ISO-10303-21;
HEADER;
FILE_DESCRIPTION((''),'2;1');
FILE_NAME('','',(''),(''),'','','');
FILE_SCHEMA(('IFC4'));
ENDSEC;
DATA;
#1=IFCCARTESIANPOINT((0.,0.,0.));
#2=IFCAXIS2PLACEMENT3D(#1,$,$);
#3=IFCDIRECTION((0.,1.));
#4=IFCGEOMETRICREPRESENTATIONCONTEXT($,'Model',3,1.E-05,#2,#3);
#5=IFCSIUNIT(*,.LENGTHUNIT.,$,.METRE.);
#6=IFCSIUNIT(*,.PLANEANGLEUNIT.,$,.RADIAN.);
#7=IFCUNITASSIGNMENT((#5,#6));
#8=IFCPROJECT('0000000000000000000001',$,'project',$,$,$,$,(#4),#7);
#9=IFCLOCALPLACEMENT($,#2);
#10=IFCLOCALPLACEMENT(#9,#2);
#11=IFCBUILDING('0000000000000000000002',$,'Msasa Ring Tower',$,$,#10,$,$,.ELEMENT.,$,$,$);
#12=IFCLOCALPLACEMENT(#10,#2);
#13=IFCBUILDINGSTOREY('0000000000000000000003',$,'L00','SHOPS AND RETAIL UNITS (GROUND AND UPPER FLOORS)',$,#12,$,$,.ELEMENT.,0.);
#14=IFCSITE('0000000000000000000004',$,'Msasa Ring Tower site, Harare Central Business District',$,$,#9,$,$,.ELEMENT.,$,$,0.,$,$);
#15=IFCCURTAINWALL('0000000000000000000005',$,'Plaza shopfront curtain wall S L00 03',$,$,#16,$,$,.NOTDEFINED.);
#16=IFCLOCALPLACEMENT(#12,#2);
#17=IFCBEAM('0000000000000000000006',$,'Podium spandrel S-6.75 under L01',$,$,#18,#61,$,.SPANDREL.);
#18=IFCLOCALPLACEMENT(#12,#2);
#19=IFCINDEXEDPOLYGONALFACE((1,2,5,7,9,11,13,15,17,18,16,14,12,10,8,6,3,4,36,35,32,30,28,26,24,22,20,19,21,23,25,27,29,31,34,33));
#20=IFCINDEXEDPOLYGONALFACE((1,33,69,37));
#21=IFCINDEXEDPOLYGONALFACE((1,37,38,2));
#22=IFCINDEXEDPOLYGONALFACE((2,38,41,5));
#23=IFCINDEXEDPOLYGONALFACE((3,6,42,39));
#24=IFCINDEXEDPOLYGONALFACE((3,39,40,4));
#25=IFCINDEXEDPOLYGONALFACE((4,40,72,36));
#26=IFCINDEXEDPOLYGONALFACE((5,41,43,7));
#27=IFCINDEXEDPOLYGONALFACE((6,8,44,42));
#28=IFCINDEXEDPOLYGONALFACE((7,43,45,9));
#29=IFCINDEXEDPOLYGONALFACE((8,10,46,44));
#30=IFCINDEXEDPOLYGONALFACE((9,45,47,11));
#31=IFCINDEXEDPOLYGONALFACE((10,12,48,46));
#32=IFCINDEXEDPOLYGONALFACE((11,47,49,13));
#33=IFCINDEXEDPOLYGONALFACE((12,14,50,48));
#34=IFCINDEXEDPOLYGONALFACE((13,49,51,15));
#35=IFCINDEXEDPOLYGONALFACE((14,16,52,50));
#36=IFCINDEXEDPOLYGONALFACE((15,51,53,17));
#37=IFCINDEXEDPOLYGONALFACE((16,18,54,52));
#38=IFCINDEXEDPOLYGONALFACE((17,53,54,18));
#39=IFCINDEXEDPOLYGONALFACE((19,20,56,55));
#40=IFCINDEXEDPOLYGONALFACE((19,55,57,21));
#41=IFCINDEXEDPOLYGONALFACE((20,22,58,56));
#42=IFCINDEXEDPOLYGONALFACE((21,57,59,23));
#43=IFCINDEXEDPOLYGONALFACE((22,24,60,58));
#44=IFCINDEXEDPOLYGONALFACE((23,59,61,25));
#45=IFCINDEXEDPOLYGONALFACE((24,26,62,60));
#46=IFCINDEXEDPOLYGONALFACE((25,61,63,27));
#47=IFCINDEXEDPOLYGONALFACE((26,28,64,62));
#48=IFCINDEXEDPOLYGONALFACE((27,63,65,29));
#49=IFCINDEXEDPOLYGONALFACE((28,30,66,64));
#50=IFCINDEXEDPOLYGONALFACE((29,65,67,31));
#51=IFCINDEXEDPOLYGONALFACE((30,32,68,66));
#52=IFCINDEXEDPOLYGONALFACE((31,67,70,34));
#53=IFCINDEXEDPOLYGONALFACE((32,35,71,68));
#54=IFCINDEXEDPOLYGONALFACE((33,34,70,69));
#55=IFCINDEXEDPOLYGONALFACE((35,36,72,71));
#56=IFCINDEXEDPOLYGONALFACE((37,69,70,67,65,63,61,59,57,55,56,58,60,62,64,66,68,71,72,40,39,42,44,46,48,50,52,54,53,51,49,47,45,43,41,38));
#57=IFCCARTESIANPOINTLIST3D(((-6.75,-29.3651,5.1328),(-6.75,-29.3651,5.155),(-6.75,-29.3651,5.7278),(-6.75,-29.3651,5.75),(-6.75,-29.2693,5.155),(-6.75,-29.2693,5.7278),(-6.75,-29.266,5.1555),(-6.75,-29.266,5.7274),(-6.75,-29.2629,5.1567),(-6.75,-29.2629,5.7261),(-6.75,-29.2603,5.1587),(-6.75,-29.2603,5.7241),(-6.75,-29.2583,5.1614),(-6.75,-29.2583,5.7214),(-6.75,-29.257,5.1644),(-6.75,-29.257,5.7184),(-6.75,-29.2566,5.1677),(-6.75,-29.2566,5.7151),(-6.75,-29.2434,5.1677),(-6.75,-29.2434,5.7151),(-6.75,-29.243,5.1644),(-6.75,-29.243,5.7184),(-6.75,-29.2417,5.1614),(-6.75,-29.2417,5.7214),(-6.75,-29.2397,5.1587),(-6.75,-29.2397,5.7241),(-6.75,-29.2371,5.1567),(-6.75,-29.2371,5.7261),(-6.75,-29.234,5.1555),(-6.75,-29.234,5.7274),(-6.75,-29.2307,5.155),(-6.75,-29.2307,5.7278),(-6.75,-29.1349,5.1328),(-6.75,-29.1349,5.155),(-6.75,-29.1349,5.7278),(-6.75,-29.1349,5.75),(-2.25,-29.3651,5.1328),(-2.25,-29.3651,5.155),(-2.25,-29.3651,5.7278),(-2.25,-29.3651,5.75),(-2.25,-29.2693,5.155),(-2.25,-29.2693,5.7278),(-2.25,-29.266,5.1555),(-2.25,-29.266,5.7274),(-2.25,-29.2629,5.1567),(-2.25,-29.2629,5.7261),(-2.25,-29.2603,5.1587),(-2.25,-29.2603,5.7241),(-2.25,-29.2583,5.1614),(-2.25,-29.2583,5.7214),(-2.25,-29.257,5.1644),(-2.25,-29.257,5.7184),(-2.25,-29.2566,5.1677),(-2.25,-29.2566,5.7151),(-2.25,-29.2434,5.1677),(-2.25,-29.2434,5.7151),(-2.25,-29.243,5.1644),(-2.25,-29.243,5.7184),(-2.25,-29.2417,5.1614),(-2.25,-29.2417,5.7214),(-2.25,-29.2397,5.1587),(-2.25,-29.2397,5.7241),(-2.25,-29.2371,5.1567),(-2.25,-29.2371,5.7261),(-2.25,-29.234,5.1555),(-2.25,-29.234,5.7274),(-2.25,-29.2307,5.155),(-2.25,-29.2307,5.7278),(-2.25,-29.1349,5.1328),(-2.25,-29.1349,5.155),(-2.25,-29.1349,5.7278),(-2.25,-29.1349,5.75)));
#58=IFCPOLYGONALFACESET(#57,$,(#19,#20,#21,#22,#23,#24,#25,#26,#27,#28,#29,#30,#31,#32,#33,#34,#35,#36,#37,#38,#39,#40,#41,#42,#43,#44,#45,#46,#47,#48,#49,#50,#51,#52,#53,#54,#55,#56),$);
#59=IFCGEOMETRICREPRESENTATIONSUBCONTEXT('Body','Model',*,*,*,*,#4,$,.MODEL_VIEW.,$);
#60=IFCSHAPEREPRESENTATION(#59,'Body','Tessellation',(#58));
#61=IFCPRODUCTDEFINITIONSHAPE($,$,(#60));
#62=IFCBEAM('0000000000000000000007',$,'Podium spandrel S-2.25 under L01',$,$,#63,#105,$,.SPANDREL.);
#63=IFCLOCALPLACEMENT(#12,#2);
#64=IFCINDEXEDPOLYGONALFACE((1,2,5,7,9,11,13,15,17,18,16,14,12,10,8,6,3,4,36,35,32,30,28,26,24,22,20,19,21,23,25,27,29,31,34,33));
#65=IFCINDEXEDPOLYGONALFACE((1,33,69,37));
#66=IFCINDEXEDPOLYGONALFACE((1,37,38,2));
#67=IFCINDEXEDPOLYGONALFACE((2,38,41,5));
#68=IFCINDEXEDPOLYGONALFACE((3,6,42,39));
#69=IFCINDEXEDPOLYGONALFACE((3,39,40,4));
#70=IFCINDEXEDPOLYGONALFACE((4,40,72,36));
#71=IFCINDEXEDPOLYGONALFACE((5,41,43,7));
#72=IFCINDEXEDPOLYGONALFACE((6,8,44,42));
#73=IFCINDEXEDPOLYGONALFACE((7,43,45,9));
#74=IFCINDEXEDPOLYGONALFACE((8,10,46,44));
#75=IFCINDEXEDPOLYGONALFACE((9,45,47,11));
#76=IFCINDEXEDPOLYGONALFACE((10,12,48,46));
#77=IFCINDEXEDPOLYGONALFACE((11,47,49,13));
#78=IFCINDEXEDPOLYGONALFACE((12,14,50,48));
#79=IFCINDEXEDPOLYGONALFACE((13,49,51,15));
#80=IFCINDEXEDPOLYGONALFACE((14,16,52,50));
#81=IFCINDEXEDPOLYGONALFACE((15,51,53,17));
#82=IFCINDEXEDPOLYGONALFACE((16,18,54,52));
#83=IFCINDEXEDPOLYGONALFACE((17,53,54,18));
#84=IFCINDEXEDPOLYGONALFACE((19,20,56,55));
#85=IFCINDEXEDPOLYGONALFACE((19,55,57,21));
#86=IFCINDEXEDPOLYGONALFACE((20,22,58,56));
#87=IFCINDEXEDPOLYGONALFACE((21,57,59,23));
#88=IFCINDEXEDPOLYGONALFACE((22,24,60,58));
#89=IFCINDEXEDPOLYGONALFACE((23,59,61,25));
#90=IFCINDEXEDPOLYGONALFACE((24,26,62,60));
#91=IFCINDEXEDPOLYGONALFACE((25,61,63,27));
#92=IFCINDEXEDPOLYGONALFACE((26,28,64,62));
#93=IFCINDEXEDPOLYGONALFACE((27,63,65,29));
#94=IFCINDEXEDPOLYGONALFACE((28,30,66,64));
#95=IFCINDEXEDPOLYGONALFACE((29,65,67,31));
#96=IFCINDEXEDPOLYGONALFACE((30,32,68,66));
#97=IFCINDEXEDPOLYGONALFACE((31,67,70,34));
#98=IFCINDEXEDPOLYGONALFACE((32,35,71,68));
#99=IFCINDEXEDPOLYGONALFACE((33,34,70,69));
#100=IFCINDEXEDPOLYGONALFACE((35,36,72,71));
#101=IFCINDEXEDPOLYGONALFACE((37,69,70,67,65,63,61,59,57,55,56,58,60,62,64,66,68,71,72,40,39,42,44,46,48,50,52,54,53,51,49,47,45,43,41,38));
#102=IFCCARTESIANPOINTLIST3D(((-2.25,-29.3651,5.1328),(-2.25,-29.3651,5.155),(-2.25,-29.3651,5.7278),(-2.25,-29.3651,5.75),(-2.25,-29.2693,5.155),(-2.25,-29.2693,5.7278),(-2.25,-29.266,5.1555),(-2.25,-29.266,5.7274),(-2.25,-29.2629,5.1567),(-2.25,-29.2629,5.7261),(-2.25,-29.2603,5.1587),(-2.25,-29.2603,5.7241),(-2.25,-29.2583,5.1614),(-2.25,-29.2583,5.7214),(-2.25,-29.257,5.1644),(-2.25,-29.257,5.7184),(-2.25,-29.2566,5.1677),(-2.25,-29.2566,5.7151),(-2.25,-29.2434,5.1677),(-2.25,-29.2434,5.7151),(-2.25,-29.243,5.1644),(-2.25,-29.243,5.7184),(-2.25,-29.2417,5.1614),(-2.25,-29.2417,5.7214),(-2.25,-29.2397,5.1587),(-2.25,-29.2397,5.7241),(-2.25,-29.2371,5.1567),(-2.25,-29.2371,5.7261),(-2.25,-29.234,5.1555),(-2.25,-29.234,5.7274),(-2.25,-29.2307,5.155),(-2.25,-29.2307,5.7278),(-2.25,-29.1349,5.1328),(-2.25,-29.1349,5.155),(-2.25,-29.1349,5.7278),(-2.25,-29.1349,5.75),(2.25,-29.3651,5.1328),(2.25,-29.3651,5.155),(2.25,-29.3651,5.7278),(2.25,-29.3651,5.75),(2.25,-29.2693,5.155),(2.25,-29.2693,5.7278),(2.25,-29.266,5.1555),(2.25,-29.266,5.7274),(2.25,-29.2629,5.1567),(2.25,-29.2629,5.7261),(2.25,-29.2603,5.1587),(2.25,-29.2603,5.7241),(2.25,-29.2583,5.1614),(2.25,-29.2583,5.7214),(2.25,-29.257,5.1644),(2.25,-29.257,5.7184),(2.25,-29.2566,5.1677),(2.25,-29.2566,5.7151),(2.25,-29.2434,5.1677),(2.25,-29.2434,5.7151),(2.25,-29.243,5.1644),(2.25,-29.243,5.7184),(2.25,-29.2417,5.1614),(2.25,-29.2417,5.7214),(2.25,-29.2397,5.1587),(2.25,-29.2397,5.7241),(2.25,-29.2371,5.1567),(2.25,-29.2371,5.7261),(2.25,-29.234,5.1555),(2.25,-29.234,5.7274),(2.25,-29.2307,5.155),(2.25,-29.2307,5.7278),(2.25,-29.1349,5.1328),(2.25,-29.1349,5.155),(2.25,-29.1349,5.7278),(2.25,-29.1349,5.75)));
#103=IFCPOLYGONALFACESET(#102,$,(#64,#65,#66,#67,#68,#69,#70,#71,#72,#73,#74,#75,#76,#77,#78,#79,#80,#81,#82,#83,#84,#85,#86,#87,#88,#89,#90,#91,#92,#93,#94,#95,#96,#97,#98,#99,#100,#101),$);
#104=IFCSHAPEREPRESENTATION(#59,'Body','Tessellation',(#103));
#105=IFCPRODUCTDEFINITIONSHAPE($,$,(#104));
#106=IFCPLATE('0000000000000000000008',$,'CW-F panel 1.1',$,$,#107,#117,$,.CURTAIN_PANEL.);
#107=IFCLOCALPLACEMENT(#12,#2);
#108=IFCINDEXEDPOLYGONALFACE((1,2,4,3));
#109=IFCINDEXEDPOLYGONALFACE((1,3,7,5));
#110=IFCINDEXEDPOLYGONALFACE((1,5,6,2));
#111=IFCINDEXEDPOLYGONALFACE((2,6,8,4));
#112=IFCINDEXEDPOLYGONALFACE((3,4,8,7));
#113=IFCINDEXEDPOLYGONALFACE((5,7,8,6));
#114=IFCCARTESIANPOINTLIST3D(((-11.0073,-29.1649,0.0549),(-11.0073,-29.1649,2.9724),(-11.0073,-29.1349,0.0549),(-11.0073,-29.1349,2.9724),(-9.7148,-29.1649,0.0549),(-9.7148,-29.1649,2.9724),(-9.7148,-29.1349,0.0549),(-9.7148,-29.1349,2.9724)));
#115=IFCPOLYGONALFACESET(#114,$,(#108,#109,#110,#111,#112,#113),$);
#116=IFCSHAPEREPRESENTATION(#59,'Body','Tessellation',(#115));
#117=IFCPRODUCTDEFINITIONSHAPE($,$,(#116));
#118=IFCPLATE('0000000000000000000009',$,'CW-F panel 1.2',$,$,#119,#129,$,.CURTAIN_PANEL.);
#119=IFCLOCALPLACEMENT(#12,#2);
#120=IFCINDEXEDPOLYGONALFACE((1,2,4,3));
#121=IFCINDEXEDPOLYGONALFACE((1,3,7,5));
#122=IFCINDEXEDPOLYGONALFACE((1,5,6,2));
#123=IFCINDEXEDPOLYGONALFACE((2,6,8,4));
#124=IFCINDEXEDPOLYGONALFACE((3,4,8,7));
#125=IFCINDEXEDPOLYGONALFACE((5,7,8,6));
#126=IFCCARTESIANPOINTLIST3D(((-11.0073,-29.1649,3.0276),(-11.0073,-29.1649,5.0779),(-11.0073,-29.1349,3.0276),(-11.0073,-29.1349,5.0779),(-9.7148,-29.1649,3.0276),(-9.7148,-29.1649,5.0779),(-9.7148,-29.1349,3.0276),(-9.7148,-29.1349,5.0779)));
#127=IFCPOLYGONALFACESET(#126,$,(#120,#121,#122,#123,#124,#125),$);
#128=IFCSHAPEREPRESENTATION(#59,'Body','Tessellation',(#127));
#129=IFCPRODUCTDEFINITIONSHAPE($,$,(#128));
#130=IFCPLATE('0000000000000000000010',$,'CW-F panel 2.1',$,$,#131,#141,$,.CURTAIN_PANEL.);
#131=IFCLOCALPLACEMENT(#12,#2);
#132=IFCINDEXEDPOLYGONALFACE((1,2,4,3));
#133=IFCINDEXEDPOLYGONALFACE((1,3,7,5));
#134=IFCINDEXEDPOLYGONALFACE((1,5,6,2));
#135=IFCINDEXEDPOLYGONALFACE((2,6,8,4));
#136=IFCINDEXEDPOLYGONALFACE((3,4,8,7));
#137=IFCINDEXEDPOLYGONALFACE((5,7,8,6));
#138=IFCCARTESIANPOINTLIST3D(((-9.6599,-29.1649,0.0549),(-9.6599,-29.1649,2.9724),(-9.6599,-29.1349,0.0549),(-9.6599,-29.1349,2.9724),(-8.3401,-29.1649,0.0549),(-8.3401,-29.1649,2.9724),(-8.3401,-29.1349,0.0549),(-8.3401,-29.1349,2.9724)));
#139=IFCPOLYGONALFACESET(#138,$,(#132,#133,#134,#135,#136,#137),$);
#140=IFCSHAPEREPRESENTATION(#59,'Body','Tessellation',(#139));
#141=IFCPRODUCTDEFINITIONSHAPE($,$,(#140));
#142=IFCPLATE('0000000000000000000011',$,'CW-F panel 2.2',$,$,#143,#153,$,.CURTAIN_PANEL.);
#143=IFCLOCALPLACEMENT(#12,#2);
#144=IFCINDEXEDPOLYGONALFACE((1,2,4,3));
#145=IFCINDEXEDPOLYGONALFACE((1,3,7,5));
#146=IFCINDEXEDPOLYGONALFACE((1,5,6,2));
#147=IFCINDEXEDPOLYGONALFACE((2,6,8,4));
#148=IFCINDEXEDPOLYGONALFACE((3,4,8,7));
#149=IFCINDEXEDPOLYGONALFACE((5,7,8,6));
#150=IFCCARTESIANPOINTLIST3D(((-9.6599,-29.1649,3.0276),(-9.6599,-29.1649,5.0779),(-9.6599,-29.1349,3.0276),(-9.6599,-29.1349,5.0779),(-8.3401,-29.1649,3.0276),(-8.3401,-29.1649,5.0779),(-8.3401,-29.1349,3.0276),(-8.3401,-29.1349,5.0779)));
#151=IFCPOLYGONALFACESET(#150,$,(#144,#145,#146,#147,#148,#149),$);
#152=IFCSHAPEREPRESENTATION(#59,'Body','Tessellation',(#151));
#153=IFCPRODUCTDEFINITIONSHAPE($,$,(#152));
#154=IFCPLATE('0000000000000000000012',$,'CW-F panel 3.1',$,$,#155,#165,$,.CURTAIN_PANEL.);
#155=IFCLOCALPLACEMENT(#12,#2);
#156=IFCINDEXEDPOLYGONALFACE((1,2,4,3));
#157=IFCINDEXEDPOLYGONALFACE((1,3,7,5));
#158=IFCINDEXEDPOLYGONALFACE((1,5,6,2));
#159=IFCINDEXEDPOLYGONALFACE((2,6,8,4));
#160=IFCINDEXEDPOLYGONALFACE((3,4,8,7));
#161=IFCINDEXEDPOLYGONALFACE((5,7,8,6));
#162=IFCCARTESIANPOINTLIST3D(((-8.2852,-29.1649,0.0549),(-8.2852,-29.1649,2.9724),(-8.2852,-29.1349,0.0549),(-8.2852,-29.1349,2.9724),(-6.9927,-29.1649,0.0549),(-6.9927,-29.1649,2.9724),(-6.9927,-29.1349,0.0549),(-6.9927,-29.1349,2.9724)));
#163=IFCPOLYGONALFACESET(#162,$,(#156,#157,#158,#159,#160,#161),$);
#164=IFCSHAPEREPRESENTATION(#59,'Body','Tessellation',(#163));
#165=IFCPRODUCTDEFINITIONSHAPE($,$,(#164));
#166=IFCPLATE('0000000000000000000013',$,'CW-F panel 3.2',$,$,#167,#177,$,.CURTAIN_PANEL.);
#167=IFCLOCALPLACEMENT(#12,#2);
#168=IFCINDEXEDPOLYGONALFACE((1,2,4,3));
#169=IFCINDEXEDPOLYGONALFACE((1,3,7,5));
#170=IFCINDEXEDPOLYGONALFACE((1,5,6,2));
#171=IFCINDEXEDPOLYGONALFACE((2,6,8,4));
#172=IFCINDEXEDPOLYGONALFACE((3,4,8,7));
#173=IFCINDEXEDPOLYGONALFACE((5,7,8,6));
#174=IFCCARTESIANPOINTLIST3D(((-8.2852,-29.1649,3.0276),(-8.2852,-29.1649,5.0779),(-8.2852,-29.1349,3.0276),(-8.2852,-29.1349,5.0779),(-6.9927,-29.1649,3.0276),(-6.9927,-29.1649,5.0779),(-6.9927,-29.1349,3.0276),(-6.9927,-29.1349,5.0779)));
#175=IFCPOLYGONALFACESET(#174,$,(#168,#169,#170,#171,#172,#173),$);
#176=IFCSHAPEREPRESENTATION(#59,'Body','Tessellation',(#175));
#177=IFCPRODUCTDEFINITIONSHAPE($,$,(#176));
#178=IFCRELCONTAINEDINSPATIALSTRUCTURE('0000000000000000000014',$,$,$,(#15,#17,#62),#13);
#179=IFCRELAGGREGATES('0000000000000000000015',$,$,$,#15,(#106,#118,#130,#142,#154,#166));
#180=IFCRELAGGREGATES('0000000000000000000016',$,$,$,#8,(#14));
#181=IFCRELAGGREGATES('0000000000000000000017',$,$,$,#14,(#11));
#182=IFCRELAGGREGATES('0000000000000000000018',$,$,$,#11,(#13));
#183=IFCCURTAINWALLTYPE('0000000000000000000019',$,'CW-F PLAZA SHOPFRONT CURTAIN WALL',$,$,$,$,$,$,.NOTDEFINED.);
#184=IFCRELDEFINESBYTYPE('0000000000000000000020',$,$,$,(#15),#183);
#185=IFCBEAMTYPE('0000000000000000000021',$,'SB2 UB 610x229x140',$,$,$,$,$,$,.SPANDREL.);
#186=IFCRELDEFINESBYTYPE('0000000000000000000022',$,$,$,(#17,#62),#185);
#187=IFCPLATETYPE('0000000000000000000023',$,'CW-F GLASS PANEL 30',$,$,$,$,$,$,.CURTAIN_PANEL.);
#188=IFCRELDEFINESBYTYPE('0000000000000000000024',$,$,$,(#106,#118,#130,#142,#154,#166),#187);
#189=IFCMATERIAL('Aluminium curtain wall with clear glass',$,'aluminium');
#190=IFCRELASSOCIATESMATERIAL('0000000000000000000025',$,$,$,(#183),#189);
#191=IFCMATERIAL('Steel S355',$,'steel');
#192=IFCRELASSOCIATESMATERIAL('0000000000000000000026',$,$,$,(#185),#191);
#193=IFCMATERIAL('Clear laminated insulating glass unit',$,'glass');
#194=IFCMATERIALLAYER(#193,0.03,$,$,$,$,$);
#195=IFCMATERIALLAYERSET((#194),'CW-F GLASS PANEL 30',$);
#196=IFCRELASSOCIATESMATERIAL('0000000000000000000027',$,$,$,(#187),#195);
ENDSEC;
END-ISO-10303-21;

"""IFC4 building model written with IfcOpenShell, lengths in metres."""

from ifc_helpers import new_model, si_unit, direction, frame, origin, origin_2d, place, context, subcontext, project, spatial, rectangle, i_section, extrude, material, layer, layer_set, material_profile, profile_set, type_object, element, aggregate, save


model = new_model("IFC4")

# Units and contexts
model_context = context("Model", 3, precision=1e-05, world=origin(), true_north=direction((0.0, 1.0)))
body_context = subcontext(model_context, "Body", "Model", "MODEL_VIEW")
ifc_project = project(units=[si_unit("LENGTHUNIT", "METRE"), si_unit("PLANEANGLEUNIT", "RADIAN")], contexts=[model_context])

# Site, building, storey
site_placement = place(None, origin())
site = spatial("IfcSite", under=ifc_project, at=site_placement, Name="Msasa Ring Tower site, Harare Central Business District", CompositionType="ELEMENT", RefElevation=0.0)
building_placement = place(site_placement, origin())
building = spatial("IfcBuilding", under=site, at=building_placement, Name="Msasa Ring Tower", CompositionType="ELEMENT")
storey_placement = place(building_placement, origin())
storey = spatial("IfcBuildingStorey", under=building, at=storey_placement, Name="L00", Description="SHOPS AND RETAIL UNITS (GROUND AND UPPER FLOORS)", CompositionType="ELEMENT", Elevation=0.0)

# Curtain wall
ifc_material_1 = material(Name="Aluminium curtain wall with clear glass", Category="aluminium")
curtain_wall_type = type_object("IfcCurtainWallType", Name="CW-F PLAZA SHOPFRONT CURTAIN WALL", PredefinedType="NOTDEFINED", material=ifc_material_1)
curtain_wall_placement = place(storey_placement, origin())
curtain_wall = element("IfcCurtainWall", 1, at=curtain_wall_placement, inside=storey, type_object=curtain_wall_type, Name="Plaza shopfront curtain wall S L00 03", PredefinedType="NOTDEFINED")

# Beams
ifc_material_2 = material(Name="Steel S355", Category="steel")
ifc_material_profile_1 = material_profile(ifc_material_2, i_section(OverallWidth=0.2302, OverallDepth=0.6172, WebThickness=0.0132, FlangeThickness=0.0222, FilletRadius=0.0127, at=origin_2d()), Name="UB 610x229x140")
ifc_profile_set_1 = profile_set([ifc_material_profile_1], Name="Steel S355")
beam_type_1 = type_object("IfcBeamType", Name="SB2 UB 610x229x140", PredefinedType="SPANDREL", material=ifc_profile_set_1)
for number, where, z_axis, x_axis, name in (
    (2, (-6.75, -29.25, 5.4414), (1.0, 0.0, 0.0), (0.0, 1.0, 0.0), "Podium spandrel S-6.75 under L01"),
    (3, (-2.25, -29.25, 5.4414), (1.0, 0.0, 0.0), (0.0, 1.0, 0.0), "Podium spandrel S-2.25 under L01"),
):
    element("IfcBeam", number, at=place(storey_placement, frame(where, z_axis=z_axis, x_axis=x_axis)), inside=storey, type_object=beam_type_1, Name=name, PredefinedType="SPANDREL", context=body_context, shape_type="SweptSolid", body=[
        extrude(i_section(OverallWidth=0.2302, OverallDepth=0.6172, WebThickness=0.0132, FlangeThickness=0.0222, FilletRadius=0.0127, at=origin_2d()), origin(), (0.0, 0.0, 1.0), 4.5),
    ])

# Plates
ifc_material_3 = material(Name="Clear laminated insulating glass unit", Category="glass")
ifc_layer_1 = layer(ifc_material_3, 0.03)
ifc_layer_set_1 = layer_set([ifc_layer_1], Name="CW-F GLASS PANEL 30")
plate_type = type_object("IfcPlateType", Name="CW-F GLASS PANEL 30", PredefinedType="CURTAIN_PANEL", material=ifc_layer_set_1)
plate_1_placement = place(storey_placement, frame((-10.3611, -29.1499, 0.0549), z_axis=(0.0, 0.0, 1.0), x_axis=(1.0, 0.0, 0.0)))
plate_1 = element("IfcPlate", 4, at=plate_1_placement, type_object=plate_type, Name="CW-F panel 1.1", PredefinedType="CURTAIN_PANEL", context=body_context, shape_type="SweptSolid", body=[
    extrude(rectangle(XDim=1.2925, YDim=0.03, at=origin_2d()), origin(), (0.0, 0.0, 1.0), 2.9175),
])
plate_2_placement = place(storey_placement, frame((-10.3611, -29.1499, 3.0276), z_axis=(0.0, 0.0, 1.0), x_axis=(1.0, 0.0, 0.0)))
plate_2 = element("IfcPlate", 5, at=plate_2_placement, type_object=plate_type, Name="CW-F panel 1.2", PredefinedType="CURTAIN_PANEL", context=body_context, shape_type="SweptSolid", body=[
    extrude(rectangle(XDim=1.2925, YDim=0.03, at=origin_2d()), origin(), (0.0, 0.0, 1.0), 2.0503),
])
plate_3_placement = place(storey_placement, frame((-9.0, -29.1499, 0.0549), z_axis=(0.0, 0.0, 1.0), x_axis=(1.0, 0.0, 0.0)))
plate_3 = element("IfcPlate", 6, at=plate_3_placement, type_object=plate_type, Name="CW-F panel 2.1", PredefinedType="CURTAIN_PANEL", context=body_context, shape_type="SweptSolid", body=[
    extrude(rectangle(XDim=1.3198, YDim=0.03, at=origin_2d()), origin(), (0.0, 0.0, 1.0), 2.9175),
])
plate_4_placement = place(storey_placement, frame((-9.0, -29.1499, 3.0276), z_axis=(0.0, 0.0, 1.0), x_axis=(1.0, 0.0, 0.0)))
plate_4 = element("IfcPlate", 7, at=plate_4_placement, type_object=plate_type, Name="CW-F panel 2.2", PredefinedType="CURTAIN_PANEL", context=body_context, shape_type="SweptSolid", body=[
    extrude(rectangle(XDim=1.3198, YDim=0.03, at=origin_2d()), origin(), (0.0, 0.0, 1.0), 2.0503),
])
plate_5_placement = place(storey_placement, frame((-7.6389, -29.1499, 0.0549), z_axis=(0.0, 0.0, 1.0), x_axis=(1.0, 0.0, 0.0)))
plate_5 = element("IfcPlate", 8, at=plate_5_placement, type_object=plate_type, Name="CW-F panel 3.1", PredefinedType="CURTAIN_PANEL", context=body_context, shape_type="SweptSolid", body=[
    extrude(rectangle(XDim=1.2925, YDim=0.03, at=origin_2d()), origin(), (0.0, 0.0, 1.0), 2.9175),
])
plate_6_placement = place(storey_placement, frame((-7.6389, -29.1499, 3.0276), z_axis=(0.0, 0.0, 1.0), x_axis=(1.0, 0.0, 0.0)))
plate_6 = element("IfcPlate", 9, at=plate_6_placement, type_object=plate_type, Name="CW-F panel 3.2", PredefinedType="CURTAIN_PANEL", context=body_context, shape_type="SweptSolid", body=[
    extrude(rectangle(XDim=1.2925, YDim=0.03, at=origin_2d()), origin(), (0.0, 0.0, 1.0), 2.0503),
])
aggregate(curtain_wall, [plate_1, plate_2, plate_3, plate_4, plate_5, plate_6])

save(model, "model.ifc")
